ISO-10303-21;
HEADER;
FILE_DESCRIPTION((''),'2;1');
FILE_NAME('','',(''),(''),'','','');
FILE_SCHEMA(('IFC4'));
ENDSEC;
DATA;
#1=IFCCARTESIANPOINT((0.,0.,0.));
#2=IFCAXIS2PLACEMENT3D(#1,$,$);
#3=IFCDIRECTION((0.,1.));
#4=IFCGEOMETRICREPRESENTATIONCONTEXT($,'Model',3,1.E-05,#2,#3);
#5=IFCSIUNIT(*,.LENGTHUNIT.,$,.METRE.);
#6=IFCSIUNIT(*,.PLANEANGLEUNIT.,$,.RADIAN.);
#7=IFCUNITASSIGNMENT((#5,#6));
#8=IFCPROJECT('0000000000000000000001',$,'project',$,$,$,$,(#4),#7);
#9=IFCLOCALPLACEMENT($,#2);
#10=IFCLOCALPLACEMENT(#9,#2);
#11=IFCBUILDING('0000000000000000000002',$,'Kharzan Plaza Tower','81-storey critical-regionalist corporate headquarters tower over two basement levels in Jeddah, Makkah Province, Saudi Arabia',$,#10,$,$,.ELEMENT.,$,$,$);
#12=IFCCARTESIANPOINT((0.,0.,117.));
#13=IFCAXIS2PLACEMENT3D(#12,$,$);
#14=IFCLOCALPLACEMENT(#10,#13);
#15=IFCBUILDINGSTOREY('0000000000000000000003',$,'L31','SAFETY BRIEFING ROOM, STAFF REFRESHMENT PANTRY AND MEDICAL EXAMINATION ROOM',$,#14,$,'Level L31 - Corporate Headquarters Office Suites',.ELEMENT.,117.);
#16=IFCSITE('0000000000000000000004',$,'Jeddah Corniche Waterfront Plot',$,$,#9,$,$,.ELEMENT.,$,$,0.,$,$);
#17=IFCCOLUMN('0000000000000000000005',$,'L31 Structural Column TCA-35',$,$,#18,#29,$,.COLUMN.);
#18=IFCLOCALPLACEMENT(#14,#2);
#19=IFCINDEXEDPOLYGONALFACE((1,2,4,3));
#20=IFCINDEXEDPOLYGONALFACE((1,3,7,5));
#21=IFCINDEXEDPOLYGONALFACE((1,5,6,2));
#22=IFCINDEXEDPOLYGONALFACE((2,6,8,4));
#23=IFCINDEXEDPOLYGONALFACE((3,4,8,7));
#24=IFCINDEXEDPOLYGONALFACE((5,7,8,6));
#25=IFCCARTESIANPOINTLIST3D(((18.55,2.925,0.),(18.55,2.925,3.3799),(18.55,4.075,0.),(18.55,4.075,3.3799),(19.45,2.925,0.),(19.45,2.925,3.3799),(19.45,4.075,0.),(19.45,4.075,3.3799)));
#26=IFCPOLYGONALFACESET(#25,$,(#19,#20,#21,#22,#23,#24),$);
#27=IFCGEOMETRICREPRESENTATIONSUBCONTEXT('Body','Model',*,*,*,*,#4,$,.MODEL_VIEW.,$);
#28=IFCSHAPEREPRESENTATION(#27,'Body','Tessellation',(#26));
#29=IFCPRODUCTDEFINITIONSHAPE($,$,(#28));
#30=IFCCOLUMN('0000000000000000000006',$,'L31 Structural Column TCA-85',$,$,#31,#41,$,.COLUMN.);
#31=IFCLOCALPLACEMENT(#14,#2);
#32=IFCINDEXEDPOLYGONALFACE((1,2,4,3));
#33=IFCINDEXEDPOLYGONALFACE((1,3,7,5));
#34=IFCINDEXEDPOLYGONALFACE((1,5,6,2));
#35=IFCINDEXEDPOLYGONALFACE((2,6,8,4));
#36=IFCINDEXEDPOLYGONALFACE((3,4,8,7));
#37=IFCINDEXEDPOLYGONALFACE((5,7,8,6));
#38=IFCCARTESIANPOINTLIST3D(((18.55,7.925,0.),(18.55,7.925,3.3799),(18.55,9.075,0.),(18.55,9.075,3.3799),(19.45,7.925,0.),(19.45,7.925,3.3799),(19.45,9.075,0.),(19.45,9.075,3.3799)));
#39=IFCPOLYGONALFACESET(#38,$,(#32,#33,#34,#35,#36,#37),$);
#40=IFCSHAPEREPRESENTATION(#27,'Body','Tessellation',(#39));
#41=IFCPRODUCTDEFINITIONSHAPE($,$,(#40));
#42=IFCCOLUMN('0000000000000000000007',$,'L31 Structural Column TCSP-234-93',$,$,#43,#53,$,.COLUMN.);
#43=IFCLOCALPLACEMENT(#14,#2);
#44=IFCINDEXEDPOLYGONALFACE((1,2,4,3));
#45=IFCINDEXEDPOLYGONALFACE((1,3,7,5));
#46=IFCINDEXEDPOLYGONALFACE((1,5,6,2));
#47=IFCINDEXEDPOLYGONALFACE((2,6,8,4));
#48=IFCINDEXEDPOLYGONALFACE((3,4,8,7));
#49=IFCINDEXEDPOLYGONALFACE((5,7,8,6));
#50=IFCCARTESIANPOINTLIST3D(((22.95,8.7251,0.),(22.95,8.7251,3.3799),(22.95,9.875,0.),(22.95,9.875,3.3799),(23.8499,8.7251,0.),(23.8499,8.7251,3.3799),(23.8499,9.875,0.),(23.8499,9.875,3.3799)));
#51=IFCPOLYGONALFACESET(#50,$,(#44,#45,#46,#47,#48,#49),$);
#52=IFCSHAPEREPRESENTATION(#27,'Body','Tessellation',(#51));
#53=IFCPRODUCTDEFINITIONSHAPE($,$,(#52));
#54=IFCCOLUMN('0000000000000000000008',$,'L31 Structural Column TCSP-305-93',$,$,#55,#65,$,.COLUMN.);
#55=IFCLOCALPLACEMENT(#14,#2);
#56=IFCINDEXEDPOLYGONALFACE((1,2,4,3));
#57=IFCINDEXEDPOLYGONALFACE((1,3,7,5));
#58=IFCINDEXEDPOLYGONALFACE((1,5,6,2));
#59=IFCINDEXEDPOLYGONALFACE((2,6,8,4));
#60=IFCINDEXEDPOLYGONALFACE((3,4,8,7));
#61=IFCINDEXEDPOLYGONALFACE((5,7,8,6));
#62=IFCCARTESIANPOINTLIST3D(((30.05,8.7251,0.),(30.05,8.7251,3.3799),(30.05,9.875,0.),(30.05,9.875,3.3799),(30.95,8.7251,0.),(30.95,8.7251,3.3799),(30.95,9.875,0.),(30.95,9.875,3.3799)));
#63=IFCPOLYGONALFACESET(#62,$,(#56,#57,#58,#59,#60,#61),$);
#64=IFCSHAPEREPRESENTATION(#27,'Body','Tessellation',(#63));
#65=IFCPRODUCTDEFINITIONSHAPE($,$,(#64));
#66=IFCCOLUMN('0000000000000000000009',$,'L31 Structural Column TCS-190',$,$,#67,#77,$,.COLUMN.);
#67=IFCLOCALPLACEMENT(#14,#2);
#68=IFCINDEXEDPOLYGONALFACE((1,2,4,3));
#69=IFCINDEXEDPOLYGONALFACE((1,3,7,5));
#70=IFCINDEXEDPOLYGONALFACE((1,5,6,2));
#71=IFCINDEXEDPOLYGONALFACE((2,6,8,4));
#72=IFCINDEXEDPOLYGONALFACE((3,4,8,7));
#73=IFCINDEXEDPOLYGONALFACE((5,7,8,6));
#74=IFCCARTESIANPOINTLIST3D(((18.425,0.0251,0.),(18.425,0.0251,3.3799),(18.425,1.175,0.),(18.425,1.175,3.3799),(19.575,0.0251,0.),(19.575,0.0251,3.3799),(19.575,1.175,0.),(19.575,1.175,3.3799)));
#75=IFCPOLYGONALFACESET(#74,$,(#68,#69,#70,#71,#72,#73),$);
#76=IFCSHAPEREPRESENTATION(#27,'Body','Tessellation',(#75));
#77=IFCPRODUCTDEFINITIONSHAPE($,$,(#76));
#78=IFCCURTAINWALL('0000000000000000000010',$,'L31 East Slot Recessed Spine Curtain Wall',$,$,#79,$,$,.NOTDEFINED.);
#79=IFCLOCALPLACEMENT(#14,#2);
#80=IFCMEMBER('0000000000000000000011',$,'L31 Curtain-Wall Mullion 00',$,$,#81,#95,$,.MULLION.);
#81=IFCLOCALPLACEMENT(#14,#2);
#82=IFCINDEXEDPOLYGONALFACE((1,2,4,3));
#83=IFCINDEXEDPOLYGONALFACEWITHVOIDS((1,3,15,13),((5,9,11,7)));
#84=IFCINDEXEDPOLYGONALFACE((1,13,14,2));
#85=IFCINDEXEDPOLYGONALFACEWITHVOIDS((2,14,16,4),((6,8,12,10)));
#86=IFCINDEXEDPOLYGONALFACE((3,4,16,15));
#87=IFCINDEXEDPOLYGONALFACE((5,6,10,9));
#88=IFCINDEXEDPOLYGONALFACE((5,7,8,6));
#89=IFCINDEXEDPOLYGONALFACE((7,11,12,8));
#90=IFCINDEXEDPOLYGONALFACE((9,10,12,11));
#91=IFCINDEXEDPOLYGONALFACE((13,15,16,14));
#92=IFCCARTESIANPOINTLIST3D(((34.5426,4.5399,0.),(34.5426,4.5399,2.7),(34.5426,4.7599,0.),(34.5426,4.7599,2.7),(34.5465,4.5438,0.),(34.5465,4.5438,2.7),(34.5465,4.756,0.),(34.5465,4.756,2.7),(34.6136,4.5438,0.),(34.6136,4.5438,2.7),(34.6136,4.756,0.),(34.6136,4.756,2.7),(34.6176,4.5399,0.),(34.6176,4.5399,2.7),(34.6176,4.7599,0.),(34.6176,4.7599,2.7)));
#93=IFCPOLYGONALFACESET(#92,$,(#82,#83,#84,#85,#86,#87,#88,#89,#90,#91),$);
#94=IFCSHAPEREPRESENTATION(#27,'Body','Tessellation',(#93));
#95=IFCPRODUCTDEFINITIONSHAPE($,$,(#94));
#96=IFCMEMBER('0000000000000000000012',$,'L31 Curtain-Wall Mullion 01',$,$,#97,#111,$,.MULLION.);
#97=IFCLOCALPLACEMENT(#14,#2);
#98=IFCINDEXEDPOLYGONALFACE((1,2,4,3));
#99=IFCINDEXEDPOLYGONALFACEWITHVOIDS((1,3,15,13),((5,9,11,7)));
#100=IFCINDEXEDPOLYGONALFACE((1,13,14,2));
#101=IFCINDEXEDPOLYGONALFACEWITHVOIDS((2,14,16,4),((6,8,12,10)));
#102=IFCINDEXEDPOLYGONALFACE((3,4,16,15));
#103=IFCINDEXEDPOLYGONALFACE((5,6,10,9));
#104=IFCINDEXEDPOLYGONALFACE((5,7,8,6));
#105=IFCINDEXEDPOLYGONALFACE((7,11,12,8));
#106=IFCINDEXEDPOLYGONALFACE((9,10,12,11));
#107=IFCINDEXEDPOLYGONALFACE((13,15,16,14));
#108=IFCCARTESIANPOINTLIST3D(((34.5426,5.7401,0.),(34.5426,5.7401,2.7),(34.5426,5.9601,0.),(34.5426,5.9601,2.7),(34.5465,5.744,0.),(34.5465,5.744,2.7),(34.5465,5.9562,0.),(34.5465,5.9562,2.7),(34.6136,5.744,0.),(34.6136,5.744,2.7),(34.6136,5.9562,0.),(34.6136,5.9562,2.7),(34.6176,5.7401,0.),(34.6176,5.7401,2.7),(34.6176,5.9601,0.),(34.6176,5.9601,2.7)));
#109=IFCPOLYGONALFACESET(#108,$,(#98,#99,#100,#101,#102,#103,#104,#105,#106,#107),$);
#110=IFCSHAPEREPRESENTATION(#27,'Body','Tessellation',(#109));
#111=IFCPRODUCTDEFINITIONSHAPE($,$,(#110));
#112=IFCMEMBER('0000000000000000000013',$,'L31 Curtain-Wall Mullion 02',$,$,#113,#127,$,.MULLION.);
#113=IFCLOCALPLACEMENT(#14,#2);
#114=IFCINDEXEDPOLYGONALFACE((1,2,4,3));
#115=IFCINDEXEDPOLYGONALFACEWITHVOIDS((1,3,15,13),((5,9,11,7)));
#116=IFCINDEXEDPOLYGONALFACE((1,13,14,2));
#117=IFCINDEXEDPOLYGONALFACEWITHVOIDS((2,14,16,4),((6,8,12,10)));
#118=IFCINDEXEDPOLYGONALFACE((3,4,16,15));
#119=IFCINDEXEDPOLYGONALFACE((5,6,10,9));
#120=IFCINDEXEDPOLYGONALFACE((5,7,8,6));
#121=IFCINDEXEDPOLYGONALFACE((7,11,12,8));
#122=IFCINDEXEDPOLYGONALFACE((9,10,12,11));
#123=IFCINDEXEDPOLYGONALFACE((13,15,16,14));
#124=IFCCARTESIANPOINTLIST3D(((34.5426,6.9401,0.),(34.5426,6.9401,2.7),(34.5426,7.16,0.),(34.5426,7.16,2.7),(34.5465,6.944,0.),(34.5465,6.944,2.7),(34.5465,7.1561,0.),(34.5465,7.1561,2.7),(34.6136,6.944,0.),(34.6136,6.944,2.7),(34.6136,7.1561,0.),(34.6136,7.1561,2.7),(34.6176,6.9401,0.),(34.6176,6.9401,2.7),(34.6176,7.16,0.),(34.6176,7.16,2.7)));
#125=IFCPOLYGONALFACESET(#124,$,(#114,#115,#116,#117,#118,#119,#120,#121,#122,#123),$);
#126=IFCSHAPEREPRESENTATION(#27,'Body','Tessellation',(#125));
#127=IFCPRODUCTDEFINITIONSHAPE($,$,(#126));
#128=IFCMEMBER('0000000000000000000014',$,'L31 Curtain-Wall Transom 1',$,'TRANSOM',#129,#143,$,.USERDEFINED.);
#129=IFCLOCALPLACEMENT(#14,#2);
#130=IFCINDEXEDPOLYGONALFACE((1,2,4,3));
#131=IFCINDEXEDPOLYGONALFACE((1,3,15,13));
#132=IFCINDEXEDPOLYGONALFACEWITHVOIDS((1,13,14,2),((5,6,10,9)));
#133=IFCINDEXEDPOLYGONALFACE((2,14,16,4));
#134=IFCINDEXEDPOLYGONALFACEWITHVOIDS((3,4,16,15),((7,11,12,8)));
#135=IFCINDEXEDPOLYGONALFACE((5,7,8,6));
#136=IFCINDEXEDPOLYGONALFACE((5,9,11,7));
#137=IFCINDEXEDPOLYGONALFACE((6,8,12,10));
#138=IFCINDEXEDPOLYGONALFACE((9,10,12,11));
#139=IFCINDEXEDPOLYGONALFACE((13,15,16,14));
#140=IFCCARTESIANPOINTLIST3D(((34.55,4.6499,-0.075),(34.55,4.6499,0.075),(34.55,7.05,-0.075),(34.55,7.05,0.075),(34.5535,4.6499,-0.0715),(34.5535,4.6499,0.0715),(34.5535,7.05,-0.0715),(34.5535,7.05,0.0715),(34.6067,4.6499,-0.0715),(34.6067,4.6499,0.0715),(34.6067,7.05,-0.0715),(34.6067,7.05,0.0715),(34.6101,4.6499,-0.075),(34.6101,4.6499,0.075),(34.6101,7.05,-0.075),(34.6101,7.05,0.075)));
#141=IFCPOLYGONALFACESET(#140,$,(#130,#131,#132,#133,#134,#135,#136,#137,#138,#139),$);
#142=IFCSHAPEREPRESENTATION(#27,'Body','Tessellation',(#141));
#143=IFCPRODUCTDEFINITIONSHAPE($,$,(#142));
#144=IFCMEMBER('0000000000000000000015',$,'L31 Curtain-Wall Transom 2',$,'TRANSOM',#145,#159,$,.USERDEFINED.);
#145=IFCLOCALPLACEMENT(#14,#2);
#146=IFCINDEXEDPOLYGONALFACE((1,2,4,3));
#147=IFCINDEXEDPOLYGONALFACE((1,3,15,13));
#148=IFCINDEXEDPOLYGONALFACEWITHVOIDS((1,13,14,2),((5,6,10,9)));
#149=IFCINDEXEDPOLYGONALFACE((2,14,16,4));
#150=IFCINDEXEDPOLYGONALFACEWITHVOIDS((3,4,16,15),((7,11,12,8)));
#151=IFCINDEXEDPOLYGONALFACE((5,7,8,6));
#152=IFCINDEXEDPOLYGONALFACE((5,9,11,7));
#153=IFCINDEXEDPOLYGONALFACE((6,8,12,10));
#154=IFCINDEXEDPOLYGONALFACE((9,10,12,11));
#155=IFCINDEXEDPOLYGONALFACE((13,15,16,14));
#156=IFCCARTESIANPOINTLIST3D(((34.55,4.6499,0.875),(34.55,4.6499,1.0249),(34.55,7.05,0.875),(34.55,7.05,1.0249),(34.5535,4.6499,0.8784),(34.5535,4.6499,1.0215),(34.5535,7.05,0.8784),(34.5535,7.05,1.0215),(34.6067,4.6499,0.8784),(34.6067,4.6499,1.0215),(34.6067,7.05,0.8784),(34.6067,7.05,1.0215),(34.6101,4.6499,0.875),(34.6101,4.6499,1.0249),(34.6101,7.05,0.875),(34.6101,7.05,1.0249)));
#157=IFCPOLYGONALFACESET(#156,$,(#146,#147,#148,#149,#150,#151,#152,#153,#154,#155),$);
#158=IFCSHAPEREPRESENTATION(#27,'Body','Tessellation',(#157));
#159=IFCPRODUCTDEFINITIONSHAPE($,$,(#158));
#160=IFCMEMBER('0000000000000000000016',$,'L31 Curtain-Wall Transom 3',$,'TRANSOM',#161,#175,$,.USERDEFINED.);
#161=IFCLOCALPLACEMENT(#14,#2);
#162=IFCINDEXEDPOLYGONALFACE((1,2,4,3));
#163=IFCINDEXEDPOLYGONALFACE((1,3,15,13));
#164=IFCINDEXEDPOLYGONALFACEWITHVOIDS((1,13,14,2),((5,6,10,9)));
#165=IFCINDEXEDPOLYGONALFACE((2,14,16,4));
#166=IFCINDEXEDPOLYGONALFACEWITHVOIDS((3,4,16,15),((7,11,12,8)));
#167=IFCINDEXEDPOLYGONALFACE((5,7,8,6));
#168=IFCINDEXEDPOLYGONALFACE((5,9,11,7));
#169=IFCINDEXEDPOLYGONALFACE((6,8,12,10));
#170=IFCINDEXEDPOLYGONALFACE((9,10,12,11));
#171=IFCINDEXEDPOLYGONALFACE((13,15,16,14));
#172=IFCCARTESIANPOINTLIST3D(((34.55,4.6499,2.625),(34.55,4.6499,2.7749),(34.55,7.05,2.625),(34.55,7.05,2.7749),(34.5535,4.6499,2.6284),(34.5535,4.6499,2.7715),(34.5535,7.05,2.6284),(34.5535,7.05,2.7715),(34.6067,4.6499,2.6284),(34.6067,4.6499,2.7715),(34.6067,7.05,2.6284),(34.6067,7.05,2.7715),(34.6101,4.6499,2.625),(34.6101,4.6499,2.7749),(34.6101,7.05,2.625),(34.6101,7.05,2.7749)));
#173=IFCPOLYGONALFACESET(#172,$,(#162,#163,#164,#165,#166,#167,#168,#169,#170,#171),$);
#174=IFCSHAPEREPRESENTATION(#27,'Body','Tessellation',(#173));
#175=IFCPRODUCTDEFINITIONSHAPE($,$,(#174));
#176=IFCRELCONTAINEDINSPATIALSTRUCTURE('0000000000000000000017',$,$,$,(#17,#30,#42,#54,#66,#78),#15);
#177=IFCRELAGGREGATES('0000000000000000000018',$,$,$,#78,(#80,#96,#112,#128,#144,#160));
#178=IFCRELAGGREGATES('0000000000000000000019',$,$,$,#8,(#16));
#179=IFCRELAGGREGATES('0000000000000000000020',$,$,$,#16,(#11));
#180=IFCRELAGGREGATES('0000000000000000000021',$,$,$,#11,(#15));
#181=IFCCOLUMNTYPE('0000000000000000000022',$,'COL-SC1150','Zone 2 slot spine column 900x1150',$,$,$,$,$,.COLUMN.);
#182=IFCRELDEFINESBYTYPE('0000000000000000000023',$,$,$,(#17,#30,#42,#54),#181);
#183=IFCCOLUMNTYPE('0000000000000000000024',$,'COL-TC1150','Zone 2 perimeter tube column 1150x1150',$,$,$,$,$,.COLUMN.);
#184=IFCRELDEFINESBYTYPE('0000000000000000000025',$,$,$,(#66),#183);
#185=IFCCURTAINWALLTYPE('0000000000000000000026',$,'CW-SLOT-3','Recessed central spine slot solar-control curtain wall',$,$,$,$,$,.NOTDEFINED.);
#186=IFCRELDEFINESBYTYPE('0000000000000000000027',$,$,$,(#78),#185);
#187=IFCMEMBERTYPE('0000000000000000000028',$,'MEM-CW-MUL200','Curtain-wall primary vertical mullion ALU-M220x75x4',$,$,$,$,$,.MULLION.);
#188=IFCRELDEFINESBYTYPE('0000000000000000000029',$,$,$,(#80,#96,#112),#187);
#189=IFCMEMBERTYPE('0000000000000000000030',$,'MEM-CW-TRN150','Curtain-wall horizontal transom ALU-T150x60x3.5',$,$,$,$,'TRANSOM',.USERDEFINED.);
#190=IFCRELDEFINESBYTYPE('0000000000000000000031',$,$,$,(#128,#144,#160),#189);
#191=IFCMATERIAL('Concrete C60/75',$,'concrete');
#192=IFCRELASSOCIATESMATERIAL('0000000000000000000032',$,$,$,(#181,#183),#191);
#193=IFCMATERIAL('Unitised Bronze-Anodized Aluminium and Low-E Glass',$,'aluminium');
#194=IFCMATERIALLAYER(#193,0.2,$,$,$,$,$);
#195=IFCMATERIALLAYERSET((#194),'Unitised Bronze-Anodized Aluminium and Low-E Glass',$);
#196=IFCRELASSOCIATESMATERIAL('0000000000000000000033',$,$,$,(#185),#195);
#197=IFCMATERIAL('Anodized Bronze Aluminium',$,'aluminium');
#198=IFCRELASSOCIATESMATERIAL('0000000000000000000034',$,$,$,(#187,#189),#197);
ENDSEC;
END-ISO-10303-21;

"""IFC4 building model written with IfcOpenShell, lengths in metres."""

from ifc_helpers import new_model, si_unit, direction, frame, origin, origin_2d, place, context, subcontext, project, spatial, rectangle, hollow_rectangle, extrude, source, transform, mapped, material, layer, layer_set, material_profile, profile_set, type_object, element, aggregate, save


model = new_model("IFC4")

# Units and contexts
model_context = context("Model", 3, precision=1e-05, world=origin(), true_north=direction((0.0, 1.0)))
body_context = subcontext(model_context, "Body", "Model", "MODEL_VIEW")
ifc_project = project(units=[si_unit("LENGTHUNIT", "METRE"), si_unit("PLANEANGLEUNIT", "RADIAN")], contexts=[model_context])

# Site, building, storey
site_placement = place(None, origin())
site = spatial("IfcSite", under=ifc_project, at=site_placement, Name="Jeddah Corniche Waterfront Plot", CompositionType="ELEMENT", RefElevation=0.0)
building_placement = place(site_placement, origin())
building = spatial("IfcBuilding", under=site, at=building_placement, Name="Kharzan Plaza Tower", Description="81-storey critical-regionalist corporate headquarters tower over two basement levels in Jeddah, Makkah Province, Saudi Arabia", CompositionType="ELEMENT")
storey_placement = place(building_placement, frame((0.0, 0.0, 117.0)))
storey = spatial("IfcBuildingStorey", under=building, at=storey_placement, Name="L31", Description="SAFETY BRIEFING ROOM, STAFF REFRESHMENT PANTRY AND MEDICAL EXAMINATION ROOM", LongName="Level L31 - Corporate Headquarters Office Suites", CompositionType="ELEMENT", Elevation=117.0)

# Columns
ifc_material_1 = material(Name="Concrete C60/75", Category="concrete")
ifc_material_profile_1 = material_profile(ifc_material_1, rectangle(XDim=0.8999, YDim=1.1499, at=origin_2d()), Name="RC-SC1150x900")
ifc_profile_set_1 = profile_set([ifc_material_profile_1], Name="Concrete C60/75")
column_type_1 = type_object("IfcColumnType", Name="COL-SC1150", Description="Zone 2 slot spine column 900x1150", PredefinedType="COLUMN", material=ifc_profile_set_1)
shared_shape_1 = source(origin(), body_context, "Body", "SweptSolid", [
    extrude(rectangle(XDim=0.8999, YDim=1.1499, at=origin_2d()), origin(), (0.0, 0.0, 1.0), 3.3799),
])
for number, where, z_axis, x_axis, name in (
    (1, (19.0, 3.5, 0.0), (0.0, 0.0, 1.0), (1.0, 0.0, 0.0), "L31 Structural Column TCA-35"),
    (2, (19.0, 8.5, 0.0), (0.0, 0.0, 1.0), (1.0, 0.0, 0.0), "L31 Structural Column TCA-85"),
    (3, (23.3999, 9.3, 0.0), (0.0, 0.0, 1.0), (1.0, 0.0, 0.0), "L31 Structural Column TCSP-234-93"),
    (4, (30.5, 9.3, 0.0), (0.0, 0.0, 1.0), (1.0, 0.0, 0.0), "L31 Structural Column TCSP-305-93"),
):
    element("IfcColumn", number, at=place(storey_placement, frame(where, z_axis=z_axis, x_axis=x_axis)), inside=storey, type_object=column_type_1, Name=name, PredefinedType="COLUMN", context=body_context, shape_type="MappedRepresentation", body=[
        mapped(shared_shape_1, transform((0.0, 0.0, 0.0), x_axis=(1.0, 0.0, 0.0), y_axis=(0.0, 1.0, 0.0), z_axis=(0.0, 0.0, 1.0))),
    ])
ifc_material_profile_2 = material_profile(ifc_material_1, rectangle(XDim=1.1499, YDim=1.1499, at=origin_2d()), Name="RC-TC1150x1150")
ifc_profile_set_2 = profile_set([ifc_material_profile_2], Name="Concrete C60/75")
column_type_2 = type_object("IfcColumnType", Name="COL-TC1150", Description="Zone 2 perimeter tube column 1150x1150", PredefinedType="COLUMN", material=ifc_profile_set_2)
shared_shape_2 = source(origin(), body_context, "Body", "SweptSolid", [
    extrude(rectangle(XDim=1.1499, YDim=1.1499, at=origin_2d()), origin(), (0.0, 0.0, 1.0), 3.3799),
])
column_placement = place(storey_placement, frame((19.0, 0.6001, 0.0), z_axis=(0.0, 0.0, 1.0), x_axis=(1.0, 0.0, 0.0)))
element("IfcColumn", 5, at=column_placement, inside=storey, type_object=column_type_2, Name="L31 Structural Column TCS-190", PredefinedType="COLUMN", context=body_context, shape_type="MappedRepresentation", body=[
    mapped(shared_shape_2, transform((0.0, 0.0, 0.0), x_axis=(1.0, 0.0, 0.0), y_axis=(0.0, 1.0, 0.0), z_axis=(0.0, 0.0, 1.0))),
])

# Curtain wall, members
ifc_material_2 = material(Name="Unitised Bronze-Anodized Aluminium and Low-E Glass", Category="aluminium")
ifc_layer_1 = layer(ifc_material_2, 0.2)
ifc_layer_set_1 = layer_set([ifc_layer_1], Name="Unitised Bronze-Anodized Aluminium and Low-E Glass")
curtain_wall_type = type_object("IfcCurtainWallType", Name="CW-SLOT-3", Description="Recessed central spine slot solar-control curtain wall", PredefinedType="NOTDEFINED", material=ifc_layer_set_1)
curtain_wall_placement = place(storey_placement, origin())
curtain_wall = element("IfcCurtainWall", 6, at=curtain_wall_placement, inside=storey, type_object=curtain_wall_type, Name="L31 East Slot Recessed Spine Curtain Wall", PredefinedType="NOTDEFINED")
ifc_material_3 = material(Name="Anodized Bronze Aluminium", Category="aluminium")
ifc_material_profile_3 = material_profile(ifc_material_3, hollow_rectangle(XDim=0.075, YDim=0.22, WallThickness=0.0039, at=origin_2d()), Name="ALU-M220x75x4")
ifc_profile_set_3 = profile_set([ifc_material_profile_3], Name="Anodized Bronze Aluminium")
member_type_1 = type_object("IfcMemberType", Name="MEM-CW-MUL200", Description="Curtain-wall primary vertical mullion ALU-M220x75x4", PredefinedType="MULLION", material=ifc_profile_set_3)
shared_shape_3 = source(origin(), body_context, "Body", "SweptSolid", [
    extrude(hollow_rectangle(XDim=0.075, YDim=0.22, WallThickness=0.0039, at=origin_2d()), origin(), (0.0, 0.0, 1.0), 2.7),
])
member_1_placement = place(storey_placement, frame((34.5801, 4.6499, 0.0), z_axis=(0.0, 0.0, 1.0), x_axis=(1.0, 0.0, 0.0)))
member_1 = element("IfcMember", 7, at=member_1_placement, type_object=member_type_1, Name="L31 Curtain-Wall Mullion 00", PredefinedType="MULLION", context=body_context, shape_type="MappedRepresentation", body=[
    mapped(shared_shape_3, transform((0.0, 0.0, 0.0), x_axis=(1.0, 0.0, 0.0), y_axis=(0.0, 1.0, 0.0), z_axis=(0.0, 0.0, 1.0))),
])
member_2_placement = place(storey_placement, frame((34.5801, 5.8501, 0.0), z_axis=(0.0, 0.0, 1.0), x_axis=(1.0, 0.0, 0.0)))
member_2 = element("IfcMember", 8, at=member_2_placement, type_object=member_type_1, Name="L31 Curtain-Wall Mullion 01", PredefinedType="MULLION", context=body_context, shape_type="MappedRepresentation", body=[
    mapped(shared_shape_3, transform((0.0, 0.0, 0.0), x_axis=(1.0, 0.0, 0.0), y_axis=(0.0, 1.0, 0.0), z_axis=(0.0, 0.0, 1.0))),
])
member_3_placement = place(storey_placement, frame((34.5801, 7.05, 0.0), z_axis=(0.0, 0.0, 1.0), x_axis=(1.0, 0.0, 0.0)))
member_3 = element("IfcMember", 9, at=member_3_placement, type_object=member_type_1, Name="L31 Curtain-Wall Mullion 02", PredefinedType="MULLION", context=body_context, shape_type="MappedRepresentation", body=[
    mapped(shared_shape_3, transform((0.0, 0.0, 0.0), x_axis=(1.0, 0.0, 0.0), y_axis=(0.0, 1.0, 0.0), z_axis=(0.0, 0.0, 1.0))),
])
ifc_material_profile_4 = material_profile(ifc_material_3, hollow_rectangle(XDim=0.0601, YDim=0.1499, WallThickness=0.0034, at=origin_2d()), Name="ALU-T150x60x3.5")
ifc_profile_set_4 = profile_set([ifc_material_profile_4], Name="Anodized Bronze Aluminium")
member_type_2 = type_object("IfcMemberType", Name="MEM-CW-TRN150", Description="Curtain-wall horizontal transom ALU-T150x60x3.5", ElementType="TRANSOM", PredefinedType="USERDEFINED", material=ifc_profile_set_4)
shared_shape_4 = source(origin(), body_context, "Body", "SweptSolid", [
    extrude(hollow_rectangle(XDim=0.0601, YDim=0.1499, WallThickness=0.0034, at=origin_2d()), origin(), (0.0, 0.0, 1.0), 2.4001),
])
member_4_placement = place(storey_placement, frame((34.5801, 4.6499, 0.0), z_axis=(0.0, 1.0, 0.0), x_axis=(-1.0, 0.0, 0.0)))
member_4 = element("IfcMember", 10, at=member_4_placement, type_object=member_type_2, Name="L31 Curtain-Wall Transom 1", ObjectType="TRANSOM", PredefinedType="USERDEFINED", context=body_context, shape_type="MappedRepresentation", body=[
    mapped(shared_shape_4, transform((0.0, 0.0, 0.0), x_axis=(1.0, 0.0, 0.0), y_axis=(0.0, 1.0, 0.0), z_axis=(0.0, 0.0, 1.0))),
])
member_5_placement = place(storey_placement, frame((34.5801, 4.6499, 0.95), z_axis=(0.0, 1.0, 0.0), x_axis=(-1.0, 0.0, 0.0)))
member_5 = element("IfcMember", 11, at=member_5_placement, type_object=member_type_2, Name="L31 Curtain-Wall Transom 2", ObjectType="TRANSOM", PredefinedType="USERDEFINED", context=body_context, shape_type="MappedRepresentation", body=[
    mapped(shared_shape_4, transform((0.0, 0.0, 0.0), x_axis=(1.0, 0.0, 0.0), y_axis=(0.0, 1.0, 0.0), z_axis=(0.0, 0.0, 1.0))),
])
member_6_placement = place(storey_placement, frame((34.5801, 4.6499, 2.7), z_axis=(0.0, 1.0, 0.0), x_axis=(-1.0, 0.0, 0.0)))
member_6 = element("IfcMember", 12, at=member_6_placement, type_object=member_type_2, Name="L31 Curtain-Wall Transom 3", ObjectType="TRANSOM", PredefinedType="USERDEFINED", context=body_context, shape_type="MappedRepresentation", body=[
    mapped(shared_shape_4, transform((0.0, 0.0, 0.0), x_axis=(1.0, 0.0, 0.0), y_axis=(0.0, 1.0, 0.0), z_axis=(0.0, 0.0, 1.0))),
])

aggregate(curtain_wall, [member_1, member_2, member_3, member_4, member_5, member_6])

save(model, "model.ifc")
